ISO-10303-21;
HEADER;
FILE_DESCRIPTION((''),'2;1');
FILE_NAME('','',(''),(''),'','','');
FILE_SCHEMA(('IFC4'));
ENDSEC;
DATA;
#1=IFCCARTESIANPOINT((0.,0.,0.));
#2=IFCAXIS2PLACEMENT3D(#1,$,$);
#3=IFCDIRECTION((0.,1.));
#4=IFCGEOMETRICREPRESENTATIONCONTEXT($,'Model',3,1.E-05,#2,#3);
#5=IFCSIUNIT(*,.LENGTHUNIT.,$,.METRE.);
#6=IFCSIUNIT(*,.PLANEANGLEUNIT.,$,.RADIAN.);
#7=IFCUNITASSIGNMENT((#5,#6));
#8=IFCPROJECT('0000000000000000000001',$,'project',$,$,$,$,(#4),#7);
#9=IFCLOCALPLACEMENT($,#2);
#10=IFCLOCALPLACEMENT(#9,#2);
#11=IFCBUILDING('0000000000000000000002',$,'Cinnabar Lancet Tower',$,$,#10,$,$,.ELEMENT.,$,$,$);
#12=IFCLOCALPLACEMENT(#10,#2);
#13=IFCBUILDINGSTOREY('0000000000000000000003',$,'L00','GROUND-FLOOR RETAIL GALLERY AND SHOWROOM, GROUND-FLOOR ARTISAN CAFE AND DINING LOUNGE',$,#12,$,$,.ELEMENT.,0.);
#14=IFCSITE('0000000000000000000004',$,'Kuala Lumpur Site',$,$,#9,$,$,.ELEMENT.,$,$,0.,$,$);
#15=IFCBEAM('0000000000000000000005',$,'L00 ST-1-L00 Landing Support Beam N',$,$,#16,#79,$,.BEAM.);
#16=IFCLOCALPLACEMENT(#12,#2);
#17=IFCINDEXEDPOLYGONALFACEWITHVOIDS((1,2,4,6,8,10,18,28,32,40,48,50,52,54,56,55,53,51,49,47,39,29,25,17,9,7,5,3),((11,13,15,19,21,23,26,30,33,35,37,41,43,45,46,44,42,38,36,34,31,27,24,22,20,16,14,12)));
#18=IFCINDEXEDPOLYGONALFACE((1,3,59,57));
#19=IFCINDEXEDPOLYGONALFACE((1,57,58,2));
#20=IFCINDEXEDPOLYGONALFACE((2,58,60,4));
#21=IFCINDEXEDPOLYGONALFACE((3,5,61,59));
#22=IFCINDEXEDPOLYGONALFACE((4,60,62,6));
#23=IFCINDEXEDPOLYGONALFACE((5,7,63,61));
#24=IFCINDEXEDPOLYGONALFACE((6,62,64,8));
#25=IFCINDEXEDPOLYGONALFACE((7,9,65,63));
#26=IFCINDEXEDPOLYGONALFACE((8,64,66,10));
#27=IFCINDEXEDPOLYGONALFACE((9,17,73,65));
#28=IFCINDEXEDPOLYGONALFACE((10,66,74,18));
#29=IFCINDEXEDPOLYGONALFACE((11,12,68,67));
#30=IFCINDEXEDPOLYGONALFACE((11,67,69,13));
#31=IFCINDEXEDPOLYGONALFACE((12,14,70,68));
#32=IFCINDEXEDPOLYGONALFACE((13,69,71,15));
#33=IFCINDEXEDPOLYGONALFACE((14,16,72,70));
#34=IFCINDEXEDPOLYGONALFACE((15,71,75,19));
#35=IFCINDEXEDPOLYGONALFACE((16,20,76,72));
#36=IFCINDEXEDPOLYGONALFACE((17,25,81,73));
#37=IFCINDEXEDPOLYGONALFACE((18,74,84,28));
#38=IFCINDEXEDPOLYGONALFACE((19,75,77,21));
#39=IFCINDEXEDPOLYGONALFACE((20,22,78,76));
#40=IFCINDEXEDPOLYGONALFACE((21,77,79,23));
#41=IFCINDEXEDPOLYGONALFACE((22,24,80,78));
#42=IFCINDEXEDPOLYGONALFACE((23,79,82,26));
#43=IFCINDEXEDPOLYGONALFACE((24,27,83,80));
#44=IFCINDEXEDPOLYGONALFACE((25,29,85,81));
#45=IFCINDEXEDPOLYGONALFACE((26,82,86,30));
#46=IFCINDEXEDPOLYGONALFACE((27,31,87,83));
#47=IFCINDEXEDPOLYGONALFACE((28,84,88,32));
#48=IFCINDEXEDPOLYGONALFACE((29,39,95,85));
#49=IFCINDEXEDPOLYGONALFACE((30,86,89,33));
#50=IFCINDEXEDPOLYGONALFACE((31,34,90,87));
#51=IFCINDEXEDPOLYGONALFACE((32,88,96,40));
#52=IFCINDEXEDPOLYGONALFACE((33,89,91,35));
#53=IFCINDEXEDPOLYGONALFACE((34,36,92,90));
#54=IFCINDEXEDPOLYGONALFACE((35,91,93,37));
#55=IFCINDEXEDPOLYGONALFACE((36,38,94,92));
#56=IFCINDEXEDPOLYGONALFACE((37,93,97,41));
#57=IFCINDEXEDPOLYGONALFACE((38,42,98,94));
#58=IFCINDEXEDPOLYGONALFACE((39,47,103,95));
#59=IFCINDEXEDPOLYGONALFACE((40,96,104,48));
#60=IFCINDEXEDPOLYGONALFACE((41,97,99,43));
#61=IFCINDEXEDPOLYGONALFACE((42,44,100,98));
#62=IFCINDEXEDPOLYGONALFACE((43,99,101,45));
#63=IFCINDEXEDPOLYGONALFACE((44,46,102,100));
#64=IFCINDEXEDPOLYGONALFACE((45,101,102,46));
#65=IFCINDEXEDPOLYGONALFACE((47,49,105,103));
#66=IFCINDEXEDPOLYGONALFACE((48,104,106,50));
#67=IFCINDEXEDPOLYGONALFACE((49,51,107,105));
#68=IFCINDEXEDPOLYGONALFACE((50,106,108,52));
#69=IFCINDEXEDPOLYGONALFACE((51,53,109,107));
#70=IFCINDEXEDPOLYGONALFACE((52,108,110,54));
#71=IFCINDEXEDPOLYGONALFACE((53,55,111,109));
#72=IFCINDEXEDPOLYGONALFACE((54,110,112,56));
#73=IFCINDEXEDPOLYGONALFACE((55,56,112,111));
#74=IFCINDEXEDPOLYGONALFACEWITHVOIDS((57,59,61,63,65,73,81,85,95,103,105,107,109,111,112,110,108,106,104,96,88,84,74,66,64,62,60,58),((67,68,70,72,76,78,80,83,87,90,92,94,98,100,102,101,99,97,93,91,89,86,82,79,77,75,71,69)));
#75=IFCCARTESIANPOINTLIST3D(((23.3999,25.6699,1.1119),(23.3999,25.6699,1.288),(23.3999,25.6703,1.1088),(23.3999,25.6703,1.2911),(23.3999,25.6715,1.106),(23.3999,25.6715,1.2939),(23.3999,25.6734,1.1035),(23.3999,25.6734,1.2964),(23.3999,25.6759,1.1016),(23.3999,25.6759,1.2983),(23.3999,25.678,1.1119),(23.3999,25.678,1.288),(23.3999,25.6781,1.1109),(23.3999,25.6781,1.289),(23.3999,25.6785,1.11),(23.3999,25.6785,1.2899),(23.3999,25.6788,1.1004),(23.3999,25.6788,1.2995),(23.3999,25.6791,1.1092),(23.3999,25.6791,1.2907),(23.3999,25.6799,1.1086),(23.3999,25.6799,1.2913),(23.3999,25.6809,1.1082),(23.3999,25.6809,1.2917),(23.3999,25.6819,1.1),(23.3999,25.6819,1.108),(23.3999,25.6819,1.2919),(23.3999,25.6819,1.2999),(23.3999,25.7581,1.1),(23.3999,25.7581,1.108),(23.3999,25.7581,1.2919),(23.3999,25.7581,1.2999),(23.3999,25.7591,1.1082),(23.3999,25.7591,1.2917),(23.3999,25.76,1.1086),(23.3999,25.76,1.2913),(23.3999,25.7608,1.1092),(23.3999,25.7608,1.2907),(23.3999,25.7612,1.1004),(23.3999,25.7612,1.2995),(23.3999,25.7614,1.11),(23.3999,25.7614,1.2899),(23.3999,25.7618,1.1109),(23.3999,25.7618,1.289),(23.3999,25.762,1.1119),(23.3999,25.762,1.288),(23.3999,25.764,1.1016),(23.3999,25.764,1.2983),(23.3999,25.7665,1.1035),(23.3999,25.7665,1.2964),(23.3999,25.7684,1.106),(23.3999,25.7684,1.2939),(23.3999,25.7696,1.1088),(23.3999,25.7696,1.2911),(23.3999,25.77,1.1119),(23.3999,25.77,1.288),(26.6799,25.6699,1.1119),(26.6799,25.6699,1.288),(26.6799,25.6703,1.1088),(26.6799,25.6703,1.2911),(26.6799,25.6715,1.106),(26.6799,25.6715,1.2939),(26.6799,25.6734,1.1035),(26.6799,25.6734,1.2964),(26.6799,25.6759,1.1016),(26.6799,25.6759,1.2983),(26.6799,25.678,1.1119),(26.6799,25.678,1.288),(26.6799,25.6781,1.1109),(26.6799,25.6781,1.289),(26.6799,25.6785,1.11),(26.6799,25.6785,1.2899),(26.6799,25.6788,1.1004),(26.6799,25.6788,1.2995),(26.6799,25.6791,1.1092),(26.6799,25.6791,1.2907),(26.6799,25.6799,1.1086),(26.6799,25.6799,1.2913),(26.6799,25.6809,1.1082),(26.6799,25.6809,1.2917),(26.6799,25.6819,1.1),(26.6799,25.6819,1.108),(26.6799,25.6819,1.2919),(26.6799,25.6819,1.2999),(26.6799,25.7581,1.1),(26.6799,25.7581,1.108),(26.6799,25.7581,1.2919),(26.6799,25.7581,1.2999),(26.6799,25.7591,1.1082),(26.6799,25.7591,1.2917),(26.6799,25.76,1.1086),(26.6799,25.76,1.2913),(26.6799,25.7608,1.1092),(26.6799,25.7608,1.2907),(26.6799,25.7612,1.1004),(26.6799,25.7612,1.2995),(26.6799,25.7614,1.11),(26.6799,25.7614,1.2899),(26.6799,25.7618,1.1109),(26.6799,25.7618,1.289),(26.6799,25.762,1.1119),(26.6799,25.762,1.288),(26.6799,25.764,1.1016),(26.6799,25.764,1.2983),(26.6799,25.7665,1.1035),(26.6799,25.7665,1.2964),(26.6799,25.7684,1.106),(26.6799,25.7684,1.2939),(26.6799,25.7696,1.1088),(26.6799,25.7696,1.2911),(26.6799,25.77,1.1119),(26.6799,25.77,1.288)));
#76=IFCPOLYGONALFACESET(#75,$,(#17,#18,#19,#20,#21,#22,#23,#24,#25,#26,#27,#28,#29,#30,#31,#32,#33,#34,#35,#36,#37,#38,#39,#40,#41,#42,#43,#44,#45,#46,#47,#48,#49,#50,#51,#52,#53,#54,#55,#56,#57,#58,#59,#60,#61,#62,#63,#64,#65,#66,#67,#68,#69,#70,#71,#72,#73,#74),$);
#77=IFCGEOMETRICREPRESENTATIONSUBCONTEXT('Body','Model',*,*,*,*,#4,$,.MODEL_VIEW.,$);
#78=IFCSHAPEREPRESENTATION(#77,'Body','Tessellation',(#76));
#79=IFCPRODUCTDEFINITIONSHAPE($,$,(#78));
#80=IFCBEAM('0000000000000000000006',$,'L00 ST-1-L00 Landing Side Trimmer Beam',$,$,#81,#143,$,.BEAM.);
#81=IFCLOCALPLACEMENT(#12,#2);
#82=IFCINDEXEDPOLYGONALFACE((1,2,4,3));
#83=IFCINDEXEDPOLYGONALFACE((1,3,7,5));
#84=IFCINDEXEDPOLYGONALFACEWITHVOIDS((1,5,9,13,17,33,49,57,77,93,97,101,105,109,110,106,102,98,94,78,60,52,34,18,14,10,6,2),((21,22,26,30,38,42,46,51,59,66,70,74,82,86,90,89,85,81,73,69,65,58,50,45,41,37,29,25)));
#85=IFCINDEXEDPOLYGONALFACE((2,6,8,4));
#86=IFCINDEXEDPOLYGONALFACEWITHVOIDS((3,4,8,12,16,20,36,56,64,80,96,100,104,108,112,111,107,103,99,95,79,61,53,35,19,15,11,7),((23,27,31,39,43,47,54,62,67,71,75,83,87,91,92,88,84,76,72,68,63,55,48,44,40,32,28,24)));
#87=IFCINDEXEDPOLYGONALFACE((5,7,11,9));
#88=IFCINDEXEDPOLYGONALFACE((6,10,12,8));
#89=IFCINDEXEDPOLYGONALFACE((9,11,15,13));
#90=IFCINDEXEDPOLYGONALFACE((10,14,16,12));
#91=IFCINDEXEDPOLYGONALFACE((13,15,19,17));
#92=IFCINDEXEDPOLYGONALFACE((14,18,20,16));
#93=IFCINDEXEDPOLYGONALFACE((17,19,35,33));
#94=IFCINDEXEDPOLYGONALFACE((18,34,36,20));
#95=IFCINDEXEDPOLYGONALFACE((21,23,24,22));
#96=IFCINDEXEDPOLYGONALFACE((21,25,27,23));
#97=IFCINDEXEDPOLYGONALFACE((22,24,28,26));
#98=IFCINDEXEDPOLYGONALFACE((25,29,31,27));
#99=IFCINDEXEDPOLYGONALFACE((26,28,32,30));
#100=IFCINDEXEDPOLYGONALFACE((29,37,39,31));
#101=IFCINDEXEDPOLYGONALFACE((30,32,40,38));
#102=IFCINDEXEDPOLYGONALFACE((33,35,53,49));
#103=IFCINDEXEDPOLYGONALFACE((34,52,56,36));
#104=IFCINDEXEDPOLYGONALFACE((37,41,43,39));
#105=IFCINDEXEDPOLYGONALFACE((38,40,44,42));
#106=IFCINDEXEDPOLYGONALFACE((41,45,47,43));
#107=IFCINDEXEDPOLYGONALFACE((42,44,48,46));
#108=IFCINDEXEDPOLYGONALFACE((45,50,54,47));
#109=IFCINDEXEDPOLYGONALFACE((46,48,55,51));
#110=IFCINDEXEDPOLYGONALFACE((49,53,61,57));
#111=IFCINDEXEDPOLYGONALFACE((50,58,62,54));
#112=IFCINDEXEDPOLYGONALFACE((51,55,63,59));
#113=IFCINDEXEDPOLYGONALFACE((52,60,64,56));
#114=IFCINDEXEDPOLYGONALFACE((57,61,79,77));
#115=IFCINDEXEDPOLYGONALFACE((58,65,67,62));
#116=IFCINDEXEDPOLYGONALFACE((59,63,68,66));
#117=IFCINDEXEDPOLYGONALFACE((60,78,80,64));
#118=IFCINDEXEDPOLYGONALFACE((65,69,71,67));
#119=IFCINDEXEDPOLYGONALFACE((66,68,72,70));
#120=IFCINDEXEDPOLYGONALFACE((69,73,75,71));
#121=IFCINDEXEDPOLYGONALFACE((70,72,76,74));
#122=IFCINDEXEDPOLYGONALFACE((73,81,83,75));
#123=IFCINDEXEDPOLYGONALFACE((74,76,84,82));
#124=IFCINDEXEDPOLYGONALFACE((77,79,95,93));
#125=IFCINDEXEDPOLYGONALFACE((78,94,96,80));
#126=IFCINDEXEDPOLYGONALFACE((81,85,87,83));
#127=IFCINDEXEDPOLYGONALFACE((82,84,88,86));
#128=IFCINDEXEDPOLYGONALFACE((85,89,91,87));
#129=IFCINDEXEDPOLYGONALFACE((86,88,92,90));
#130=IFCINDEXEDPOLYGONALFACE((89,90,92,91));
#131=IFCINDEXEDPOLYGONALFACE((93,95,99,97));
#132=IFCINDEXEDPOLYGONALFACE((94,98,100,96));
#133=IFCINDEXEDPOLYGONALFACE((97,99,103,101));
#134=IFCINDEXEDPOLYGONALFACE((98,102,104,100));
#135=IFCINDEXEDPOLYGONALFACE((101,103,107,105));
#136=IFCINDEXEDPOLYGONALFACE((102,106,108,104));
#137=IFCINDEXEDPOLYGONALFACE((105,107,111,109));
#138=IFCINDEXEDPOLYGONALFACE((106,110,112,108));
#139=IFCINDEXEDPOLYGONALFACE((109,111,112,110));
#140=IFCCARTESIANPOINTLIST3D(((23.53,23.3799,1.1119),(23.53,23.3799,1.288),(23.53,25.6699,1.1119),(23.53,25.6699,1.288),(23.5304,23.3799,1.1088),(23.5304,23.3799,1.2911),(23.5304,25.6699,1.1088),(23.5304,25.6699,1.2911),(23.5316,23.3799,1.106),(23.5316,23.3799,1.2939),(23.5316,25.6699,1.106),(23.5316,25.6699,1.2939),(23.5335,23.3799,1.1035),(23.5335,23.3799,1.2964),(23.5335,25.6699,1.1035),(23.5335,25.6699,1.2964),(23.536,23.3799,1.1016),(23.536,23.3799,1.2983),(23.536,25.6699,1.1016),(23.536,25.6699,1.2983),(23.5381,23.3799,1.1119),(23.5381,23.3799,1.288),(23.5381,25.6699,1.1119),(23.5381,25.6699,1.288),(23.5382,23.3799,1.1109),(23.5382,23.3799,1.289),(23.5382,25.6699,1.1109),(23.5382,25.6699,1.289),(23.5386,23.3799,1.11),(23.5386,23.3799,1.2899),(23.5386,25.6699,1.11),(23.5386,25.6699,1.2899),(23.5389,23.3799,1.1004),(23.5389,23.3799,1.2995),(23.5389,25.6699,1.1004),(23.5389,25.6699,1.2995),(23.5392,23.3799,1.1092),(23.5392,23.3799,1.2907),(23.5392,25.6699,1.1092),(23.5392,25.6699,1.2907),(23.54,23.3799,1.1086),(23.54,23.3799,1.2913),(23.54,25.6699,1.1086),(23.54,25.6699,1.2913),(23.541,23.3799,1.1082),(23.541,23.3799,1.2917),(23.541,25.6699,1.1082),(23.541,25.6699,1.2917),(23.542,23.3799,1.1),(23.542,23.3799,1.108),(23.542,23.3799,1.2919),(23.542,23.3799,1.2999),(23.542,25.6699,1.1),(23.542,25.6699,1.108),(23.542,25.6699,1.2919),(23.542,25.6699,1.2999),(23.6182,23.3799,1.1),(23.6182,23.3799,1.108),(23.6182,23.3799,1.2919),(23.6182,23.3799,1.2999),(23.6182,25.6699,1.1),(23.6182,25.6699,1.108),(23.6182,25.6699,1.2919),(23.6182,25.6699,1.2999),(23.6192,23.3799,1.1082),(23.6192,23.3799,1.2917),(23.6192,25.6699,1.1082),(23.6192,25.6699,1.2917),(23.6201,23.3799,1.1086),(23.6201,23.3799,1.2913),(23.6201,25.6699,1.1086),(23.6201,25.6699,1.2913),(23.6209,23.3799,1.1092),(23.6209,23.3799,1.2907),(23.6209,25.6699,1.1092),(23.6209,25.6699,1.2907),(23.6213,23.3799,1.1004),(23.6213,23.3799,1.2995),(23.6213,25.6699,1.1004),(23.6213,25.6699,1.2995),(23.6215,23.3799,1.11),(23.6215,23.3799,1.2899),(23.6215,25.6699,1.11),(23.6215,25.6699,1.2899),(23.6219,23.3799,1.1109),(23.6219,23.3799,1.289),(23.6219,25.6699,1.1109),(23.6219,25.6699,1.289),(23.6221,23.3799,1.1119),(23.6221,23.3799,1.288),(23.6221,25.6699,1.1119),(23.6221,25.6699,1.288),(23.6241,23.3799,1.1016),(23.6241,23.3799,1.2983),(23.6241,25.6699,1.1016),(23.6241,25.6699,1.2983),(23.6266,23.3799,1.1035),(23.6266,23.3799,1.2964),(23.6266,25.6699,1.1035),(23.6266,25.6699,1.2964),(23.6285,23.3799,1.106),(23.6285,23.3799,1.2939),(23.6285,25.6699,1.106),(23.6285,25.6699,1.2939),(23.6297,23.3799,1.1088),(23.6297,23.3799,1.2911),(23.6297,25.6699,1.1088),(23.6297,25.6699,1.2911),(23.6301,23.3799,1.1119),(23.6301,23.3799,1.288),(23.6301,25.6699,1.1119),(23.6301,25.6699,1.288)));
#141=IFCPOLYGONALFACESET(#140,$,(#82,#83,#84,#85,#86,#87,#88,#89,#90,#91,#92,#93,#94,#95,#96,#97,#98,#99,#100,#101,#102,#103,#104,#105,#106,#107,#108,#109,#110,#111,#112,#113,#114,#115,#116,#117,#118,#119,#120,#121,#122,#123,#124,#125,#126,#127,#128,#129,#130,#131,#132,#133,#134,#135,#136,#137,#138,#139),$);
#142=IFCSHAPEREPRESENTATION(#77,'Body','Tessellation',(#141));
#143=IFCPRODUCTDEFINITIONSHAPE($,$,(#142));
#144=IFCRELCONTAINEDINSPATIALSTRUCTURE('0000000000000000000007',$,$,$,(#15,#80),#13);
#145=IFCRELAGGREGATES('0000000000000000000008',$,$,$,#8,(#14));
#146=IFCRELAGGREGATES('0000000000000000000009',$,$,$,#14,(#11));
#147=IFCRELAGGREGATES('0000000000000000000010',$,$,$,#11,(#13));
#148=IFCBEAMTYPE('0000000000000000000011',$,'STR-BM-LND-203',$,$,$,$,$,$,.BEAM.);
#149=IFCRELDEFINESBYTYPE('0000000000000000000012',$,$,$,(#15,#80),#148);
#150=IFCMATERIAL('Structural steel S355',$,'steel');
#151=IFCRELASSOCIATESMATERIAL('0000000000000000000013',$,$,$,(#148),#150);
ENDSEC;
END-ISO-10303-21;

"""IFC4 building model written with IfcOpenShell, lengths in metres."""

from ifc_helpers import new_model, si_unit, direction, frame, origin, origin_2d, place, context, subcontext, project, spatial, hollow_rectangle, extrude, material, material_profile, profile_set, type_object, element, save


model = new_model("IFC4")

# Units and contexts
model_context = context("Model", 3, precision=1e-05, world=origin(), true_north=direction((0.0, 1.0)))
body_context = subcontext(model_context, "Body", "Model", "MODEL_VIEW")
ifc_project = project(units=[si_unit("LENGTHUNIT", "METRE"), si_unit("PLANEANGLEUNIT", "RADIAN")], contexts=[model_context])

# Site, building, storey
site_placement = place(None, origin())
site = spatial("IfcSite", under=ifc_project, at=site_placement, Name="Kuala Lumpur Site", CompositionType="ELEMENT", RefElevation=0.0)
building_placement = place(site_placement, origin())
building = spatial("IfcBuilding", under=site, at=building_placement, Name="Cinnabar Lancet Tower", CompositionType="ELEMENT")
storey_placement = place(building_placement, origin())
storey = spatial("IfcBuildingStorey", under=building, at=storey_placement, Name="L00", Description="GROUND-FLOOR RETAIL GALLERY AND SHOWROOM, GROUND-FLOOR ARTISAN CAFE AND DINING LOUNGE", CompositionType="ELEMENT", Elevation=0.0)

# Beams
ifc_material_1 = material(Name="Structural steel S355", Category="steel")
ifc_material_profile = material_profile(ifc_material_1, hollow_rectangle(XDim=0.1001, YDim=0.2, WallThickness=0.0081, InnerFilletRadius=0.0039, OuterFilletRadius=0.012, at=origin_2d()), Name="RHS 200x100x8")
ifc_profile_set = profile_set([ifc_material_profile], Name="Structural steel S355")
beam_type = type_object("IfcBeamType", Name="STR-BM-LND-203", PredefinedType="BEAM", material=ifc_profile_set)
beam_1_placement = place(storey_placement, frame((23.3999, 25.72, 1.2), z_axis=(1.0, 0.0, 0.0), x_axis=(0.0, 1.0, 0.0)))
element("IfcBeam", 1, at=beam_1_placement, inside=storey, type_object=beam_type, Name="L00 ST-1-L00 Landing Support Beam N", PredefinedType="BEAM", context=body_context, shape_type="SweptSolid", body=[
    extrude(hollow_rectangle(XDim=0.1001, YDim=0.2, WallThickness=0.0081, InnerFilletRadius=0.0039, OuterFilletRadius=0.012, at=origin_2d()), origin(), (0.0, 0.0, 1.0), 3.28),
])
beam_2_placement = place(storey_placement, frame((23.5801, 23.3799, 1.2), z_axis=(0.0, 1.0, 0.0), x_axis=(-1.0, 0.0, 0.0)))
element("IfcBeam", 2, at=beam_2_placement, inside=storey, type_object=beam_type, Name="L00 ST-1-L00 Landing Side Trimmer Beam", PredefinedType="BEAM", context=body_context, shape_type="SweptSolid", body=[
    extrude(hollow_rectangle(XDim=0.1001, YDim=0.2, WallThickness=0.0081, InnerFilletRadius=0.0039, OuterFilletRadius=0.012, at=origin_2d()), origin(), (0.0, 0.0, 1.0), 2.29),
])

save(model, "model.ifc")
